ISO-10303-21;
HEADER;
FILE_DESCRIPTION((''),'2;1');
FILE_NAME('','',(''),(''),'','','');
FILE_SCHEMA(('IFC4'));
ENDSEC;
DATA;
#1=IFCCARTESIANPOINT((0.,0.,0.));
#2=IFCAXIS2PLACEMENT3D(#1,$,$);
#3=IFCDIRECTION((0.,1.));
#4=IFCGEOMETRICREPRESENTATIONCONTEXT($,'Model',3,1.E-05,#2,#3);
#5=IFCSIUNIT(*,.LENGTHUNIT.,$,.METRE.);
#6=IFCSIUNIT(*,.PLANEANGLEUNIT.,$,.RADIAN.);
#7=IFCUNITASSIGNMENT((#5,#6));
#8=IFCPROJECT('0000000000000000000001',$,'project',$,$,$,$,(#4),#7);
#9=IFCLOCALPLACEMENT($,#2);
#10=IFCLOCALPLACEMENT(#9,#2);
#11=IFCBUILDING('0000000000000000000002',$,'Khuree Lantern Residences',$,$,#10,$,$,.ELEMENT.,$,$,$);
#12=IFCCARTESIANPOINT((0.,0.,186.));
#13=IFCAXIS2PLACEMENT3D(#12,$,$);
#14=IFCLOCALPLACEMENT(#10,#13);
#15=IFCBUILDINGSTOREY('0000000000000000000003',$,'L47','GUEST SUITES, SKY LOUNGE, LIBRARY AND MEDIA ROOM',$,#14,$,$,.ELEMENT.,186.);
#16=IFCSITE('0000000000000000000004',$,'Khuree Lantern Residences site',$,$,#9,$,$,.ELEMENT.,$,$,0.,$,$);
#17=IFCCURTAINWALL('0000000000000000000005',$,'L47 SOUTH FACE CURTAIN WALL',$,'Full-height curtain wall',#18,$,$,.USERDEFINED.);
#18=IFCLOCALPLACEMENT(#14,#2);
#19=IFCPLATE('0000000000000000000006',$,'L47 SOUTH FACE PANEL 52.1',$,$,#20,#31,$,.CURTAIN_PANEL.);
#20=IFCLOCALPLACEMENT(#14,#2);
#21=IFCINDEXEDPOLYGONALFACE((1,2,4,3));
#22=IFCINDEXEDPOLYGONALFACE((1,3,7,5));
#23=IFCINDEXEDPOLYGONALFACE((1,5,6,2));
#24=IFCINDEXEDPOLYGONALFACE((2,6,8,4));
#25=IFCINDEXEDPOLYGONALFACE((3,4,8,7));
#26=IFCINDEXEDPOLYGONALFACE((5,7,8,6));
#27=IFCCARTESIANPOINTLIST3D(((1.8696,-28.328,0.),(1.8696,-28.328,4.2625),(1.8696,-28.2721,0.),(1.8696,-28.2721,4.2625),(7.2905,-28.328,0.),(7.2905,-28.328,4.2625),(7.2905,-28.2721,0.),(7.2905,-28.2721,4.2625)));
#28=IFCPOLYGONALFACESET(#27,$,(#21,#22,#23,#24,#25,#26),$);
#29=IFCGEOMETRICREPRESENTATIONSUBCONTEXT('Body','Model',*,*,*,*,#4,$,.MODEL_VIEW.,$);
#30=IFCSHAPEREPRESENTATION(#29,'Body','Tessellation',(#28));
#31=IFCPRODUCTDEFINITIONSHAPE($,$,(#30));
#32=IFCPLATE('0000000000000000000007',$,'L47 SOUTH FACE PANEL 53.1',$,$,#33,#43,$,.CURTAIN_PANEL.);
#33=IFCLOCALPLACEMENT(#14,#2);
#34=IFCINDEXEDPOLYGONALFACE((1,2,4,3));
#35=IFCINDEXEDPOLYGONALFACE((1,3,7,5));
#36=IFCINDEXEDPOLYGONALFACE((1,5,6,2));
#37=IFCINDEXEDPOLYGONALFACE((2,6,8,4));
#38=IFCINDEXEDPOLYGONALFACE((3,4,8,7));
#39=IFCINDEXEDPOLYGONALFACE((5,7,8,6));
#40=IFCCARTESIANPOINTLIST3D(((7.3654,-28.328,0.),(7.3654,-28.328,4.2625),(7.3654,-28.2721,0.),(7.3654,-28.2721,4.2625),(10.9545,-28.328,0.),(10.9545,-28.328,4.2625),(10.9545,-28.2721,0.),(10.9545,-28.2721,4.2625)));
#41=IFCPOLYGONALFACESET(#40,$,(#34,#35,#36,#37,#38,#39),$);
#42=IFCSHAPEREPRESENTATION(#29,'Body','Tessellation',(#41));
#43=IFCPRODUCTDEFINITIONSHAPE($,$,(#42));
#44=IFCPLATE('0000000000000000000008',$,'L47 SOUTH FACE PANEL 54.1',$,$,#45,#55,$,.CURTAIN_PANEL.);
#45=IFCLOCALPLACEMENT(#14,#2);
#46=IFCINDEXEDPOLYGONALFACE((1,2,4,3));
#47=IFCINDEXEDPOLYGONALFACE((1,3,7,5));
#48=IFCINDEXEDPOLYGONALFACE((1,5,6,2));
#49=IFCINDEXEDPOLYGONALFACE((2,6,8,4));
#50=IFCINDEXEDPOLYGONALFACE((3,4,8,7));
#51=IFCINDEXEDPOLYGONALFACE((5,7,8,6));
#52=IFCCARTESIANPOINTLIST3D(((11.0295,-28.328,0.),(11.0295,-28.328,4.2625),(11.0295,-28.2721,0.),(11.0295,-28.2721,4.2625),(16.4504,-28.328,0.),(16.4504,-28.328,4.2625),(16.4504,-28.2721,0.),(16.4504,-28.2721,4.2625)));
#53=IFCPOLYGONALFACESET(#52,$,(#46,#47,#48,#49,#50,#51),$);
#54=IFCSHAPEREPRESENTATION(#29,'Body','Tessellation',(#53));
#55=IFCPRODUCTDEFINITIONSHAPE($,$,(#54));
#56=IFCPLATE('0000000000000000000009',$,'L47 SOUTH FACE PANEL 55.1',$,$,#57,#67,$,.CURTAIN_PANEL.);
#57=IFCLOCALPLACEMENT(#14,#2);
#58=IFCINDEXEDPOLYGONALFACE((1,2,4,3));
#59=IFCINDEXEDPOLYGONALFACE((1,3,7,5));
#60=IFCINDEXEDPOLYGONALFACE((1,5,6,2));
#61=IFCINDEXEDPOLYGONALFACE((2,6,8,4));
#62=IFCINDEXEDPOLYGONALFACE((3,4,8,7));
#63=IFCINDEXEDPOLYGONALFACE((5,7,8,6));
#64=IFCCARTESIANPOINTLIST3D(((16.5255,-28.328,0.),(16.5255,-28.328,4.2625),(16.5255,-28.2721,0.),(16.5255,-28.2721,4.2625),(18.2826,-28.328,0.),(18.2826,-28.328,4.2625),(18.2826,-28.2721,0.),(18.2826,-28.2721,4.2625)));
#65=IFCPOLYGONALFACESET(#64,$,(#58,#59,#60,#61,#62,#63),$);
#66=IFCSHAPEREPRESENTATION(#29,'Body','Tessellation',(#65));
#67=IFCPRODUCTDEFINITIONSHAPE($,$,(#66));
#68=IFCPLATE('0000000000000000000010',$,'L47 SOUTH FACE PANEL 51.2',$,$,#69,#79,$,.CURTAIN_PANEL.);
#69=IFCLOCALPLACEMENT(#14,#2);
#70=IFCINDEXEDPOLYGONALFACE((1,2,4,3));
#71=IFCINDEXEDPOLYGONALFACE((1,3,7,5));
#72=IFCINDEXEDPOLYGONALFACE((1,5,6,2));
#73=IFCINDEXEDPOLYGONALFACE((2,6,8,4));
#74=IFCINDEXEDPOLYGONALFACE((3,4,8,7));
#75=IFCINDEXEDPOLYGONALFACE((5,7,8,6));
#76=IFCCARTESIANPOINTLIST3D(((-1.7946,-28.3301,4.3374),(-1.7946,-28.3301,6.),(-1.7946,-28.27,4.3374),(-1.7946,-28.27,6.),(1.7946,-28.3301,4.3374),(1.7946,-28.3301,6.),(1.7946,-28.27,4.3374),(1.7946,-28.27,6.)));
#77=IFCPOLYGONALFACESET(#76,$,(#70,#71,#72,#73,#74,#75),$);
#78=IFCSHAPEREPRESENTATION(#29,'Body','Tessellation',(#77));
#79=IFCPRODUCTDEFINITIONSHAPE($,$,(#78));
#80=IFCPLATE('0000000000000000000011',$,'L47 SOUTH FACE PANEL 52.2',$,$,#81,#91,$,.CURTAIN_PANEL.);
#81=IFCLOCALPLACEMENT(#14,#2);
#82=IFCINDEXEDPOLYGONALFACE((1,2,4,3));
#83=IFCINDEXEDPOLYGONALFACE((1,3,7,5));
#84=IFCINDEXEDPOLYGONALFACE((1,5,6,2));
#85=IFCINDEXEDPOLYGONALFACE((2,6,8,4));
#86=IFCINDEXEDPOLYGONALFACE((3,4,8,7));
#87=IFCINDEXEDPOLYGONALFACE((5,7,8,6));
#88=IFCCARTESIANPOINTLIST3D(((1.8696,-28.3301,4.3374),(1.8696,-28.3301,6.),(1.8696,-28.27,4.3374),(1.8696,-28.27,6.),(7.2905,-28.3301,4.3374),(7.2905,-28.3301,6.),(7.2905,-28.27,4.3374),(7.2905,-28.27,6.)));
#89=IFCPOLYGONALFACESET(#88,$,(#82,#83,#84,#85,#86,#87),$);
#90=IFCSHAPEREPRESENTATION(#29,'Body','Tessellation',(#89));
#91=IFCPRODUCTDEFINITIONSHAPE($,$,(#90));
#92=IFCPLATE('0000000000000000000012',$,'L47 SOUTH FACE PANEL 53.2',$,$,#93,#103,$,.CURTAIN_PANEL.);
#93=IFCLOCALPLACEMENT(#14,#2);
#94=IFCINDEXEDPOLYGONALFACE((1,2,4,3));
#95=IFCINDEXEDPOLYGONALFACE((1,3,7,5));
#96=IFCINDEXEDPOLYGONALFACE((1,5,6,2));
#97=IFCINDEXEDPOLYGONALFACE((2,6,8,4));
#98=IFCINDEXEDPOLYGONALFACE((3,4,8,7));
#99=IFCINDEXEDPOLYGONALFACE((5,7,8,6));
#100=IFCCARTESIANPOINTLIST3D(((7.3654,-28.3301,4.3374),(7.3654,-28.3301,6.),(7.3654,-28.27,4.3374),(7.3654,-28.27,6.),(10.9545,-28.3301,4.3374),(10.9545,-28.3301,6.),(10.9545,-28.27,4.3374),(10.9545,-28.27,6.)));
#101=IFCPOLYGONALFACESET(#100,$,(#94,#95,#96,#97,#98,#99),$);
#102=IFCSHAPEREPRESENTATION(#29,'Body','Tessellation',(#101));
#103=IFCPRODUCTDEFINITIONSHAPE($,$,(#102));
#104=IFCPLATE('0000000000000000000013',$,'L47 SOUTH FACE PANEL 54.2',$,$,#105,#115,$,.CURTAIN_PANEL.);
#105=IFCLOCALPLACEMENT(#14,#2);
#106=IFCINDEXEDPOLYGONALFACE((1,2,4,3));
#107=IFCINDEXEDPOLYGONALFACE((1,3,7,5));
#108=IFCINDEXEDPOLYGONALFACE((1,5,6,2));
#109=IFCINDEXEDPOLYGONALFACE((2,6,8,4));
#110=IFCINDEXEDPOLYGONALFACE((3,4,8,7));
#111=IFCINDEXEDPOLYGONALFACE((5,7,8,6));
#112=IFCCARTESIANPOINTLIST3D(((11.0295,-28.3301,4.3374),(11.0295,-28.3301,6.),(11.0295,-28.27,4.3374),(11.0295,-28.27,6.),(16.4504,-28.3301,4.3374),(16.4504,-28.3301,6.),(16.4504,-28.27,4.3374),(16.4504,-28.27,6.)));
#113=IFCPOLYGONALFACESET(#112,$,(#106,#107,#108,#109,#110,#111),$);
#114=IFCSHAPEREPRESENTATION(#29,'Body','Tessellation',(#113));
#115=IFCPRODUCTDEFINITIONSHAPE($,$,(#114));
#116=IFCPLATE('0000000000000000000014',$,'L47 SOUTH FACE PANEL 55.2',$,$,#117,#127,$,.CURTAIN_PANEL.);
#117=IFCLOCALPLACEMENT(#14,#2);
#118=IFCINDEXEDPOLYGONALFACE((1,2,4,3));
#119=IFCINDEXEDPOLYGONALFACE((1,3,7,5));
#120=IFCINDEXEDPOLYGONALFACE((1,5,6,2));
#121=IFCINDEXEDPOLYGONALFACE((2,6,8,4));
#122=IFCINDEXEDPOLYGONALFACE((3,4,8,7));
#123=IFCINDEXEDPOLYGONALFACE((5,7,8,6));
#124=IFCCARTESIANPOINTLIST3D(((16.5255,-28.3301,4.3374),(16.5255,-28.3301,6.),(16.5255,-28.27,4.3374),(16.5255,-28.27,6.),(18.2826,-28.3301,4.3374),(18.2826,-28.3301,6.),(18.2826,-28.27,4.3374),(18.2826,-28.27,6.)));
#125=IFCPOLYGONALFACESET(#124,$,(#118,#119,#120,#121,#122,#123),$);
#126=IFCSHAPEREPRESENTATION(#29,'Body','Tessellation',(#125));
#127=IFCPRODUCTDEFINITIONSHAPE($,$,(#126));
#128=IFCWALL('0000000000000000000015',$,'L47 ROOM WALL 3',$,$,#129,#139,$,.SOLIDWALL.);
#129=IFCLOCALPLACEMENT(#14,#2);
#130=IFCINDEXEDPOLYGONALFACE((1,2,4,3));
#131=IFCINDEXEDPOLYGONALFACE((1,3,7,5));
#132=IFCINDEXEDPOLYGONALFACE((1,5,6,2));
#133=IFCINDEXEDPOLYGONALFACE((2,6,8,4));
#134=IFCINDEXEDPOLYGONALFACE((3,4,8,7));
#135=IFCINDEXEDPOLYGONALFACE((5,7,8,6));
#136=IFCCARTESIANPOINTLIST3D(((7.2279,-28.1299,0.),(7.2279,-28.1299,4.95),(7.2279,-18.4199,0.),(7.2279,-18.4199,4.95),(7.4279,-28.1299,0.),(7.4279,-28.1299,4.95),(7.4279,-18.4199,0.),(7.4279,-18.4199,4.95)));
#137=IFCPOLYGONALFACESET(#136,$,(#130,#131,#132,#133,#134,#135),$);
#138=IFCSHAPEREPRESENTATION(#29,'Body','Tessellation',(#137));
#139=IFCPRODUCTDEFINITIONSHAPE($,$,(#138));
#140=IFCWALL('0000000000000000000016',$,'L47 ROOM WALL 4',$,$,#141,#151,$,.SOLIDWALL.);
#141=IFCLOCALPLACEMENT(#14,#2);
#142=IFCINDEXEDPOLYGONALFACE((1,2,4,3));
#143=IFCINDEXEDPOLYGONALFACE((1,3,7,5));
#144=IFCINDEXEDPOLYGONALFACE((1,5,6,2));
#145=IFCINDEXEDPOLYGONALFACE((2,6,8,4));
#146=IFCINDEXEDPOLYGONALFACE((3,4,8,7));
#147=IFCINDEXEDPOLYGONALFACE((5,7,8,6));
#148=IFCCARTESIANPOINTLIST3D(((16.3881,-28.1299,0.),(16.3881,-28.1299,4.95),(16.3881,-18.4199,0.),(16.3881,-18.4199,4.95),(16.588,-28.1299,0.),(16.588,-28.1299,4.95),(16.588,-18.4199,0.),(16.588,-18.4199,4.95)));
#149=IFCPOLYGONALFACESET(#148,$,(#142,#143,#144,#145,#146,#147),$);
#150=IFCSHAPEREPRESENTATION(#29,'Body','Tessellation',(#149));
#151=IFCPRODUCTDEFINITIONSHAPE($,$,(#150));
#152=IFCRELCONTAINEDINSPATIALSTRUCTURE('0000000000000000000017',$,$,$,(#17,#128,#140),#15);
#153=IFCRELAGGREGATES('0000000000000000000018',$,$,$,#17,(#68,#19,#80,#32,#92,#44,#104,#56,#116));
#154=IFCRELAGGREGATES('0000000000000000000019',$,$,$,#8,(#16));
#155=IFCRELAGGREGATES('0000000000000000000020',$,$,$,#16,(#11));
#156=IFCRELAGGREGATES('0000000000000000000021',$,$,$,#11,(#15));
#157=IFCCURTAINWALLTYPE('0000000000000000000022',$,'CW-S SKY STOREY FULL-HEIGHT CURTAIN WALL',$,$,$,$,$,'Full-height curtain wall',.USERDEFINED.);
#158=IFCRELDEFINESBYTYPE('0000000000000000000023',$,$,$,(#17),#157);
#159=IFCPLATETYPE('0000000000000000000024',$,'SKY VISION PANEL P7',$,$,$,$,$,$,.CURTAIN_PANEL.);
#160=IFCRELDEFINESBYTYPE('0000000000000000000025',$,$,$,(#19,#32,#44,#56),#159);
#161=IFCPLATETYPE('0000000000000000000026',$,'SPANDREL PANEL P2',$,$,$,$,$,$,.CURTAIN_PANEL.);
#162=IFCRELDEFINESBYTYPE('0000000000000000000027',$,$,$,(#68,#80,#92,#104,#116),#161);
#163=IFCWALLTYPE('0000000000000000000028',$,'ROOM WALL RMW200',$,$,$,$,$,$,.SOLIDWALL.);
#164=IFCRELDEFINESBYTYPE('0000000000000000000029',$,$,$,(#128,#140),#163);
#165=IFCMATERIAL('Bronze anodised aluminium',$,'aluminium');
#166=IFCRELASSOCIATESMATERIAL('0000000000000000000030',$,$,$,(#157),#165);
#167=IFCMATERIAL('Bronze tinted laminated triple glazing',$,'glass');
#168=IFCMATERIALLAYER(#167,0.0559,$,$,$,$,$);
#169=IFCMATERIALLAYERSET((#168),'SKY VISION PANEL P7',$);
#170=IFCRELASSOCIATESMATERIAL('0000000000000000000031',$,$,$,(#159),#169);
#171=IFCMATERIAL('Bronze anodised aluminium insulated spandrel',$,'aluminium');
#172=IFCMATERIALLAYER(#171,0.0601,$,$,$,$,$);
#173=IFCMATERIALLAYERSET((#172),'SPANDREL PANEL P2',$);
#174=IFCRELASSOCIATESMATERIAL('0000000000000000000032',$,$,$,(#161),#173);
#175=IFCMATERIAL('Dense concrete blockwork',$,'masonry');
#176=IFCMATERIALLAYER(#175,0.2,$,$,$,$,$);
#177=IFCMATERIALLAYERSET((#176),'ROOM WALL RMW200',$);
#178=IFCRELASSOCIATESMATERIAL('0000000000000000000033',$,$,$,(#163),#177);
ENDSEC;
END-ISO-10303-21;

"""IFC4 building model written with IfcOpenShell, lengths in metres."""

from ifc_helpers import new_model, si_unit, direction, frame, frame_2d, origin, origin_2d, place, context, subcontext, project, spatial, rectangle, extrude, material, layer, layer_set, type_object, element, aggregate, save


model = new_model("IFC4")

# Units and contexts
model_context = context("Model", 3, precision=1e-05, world=origin(), true_north=direction((0.0, 1.0)))
body_context = subcontext(model_context, "Body", "Model", "MODEL_VIEW")
ifc_project = project(units=[si_unit("LENGTHUNIT", "METRE"), si_unit("PLANEANGLEUNIT", "RADIAN")], contexts=[model_context])

# Site, building, storey
site_placement = place(None, origin())
site = spatial("IfcSite", under=ifc_project, at=site_placement, Name="Khuree Lantern Residences site", CompositionType="ELEMENT", RefElevation=0.0)
building_placement = place(site_placement, origin())
building = spatial("IfcBuilding", under=site, at=building_placement, Name="Khuree Lantern Residences", CompositionType="ELEMENT")
storey_placement = place(building_placement, frame((0.0, 0.0, 186.0)))
storey = spatial("IfcBuildingStorey", under=building, at=storey_placement, Name="L47", Description="GUEST SUITES, SKY LOUNGE, LIBRARY AND MEDIA ROOM", CompositionType="ELEMENT", Elevation=186.0)

# Curtain wall
ifc_material_1 = material(Name="Bronze anodised aluminium", Category="aluminium")
curtain_wall_type = type_object("IfcCurtainWallType", Name="CW-S SKY STOREY FULL-HEIGHT CURTAIN WALL", ElementType="Full-height curtain wall", PredefinedType="USERDEFINED", material=ifc_material_1)
curtain_wall_placement = place(storey_placement, origin())
curtain_wall = element("IfcCurtainWall", 1, at=curtain_wall_placement, inside=storey, type_object=curtain_wall_type, Name="L47 SOUTH FACE CURTAIN WALL", ObjectType="Full-height curtain wall", PredefinedType="USERDEFINED")

# Plates
ifc_material_2 = material(Name="Bronze tinted laminated triple glazing", Category="glass")
ifc_layer_1 = layer(ifc_material_2, 0.0559)
ifc_layer_set_1 = layer_set([ifc_layer_1], Name="SKY VISION PANEL P7")
plate_type_1 = type_object("IfcPlateType", Name="SKY VISION PANEL P7", PredefinedType="CURTAIN_PANEL", material=ifc_layer_set_1)
plate_1_placement = place(storey_placement, frame((4.5801, -28.3, 0.0), z_axis=(0.0, 0.0, 1.0), x_axis=(1.0, 0.0, 0.0)))
plate_1 = element("IfcPlate", 2, at=plate_1_placement, type_object=plate_type_1, Name="L47 SOUTH FACE PANEL 52.1", PredefinedType="CURTAIN_PANEL", context=body_context, shape_type="SweptSolid", body=[
    extrude(rectangle(XDim=5.4209, YDim=0.0559, at=origin_2d()), origin(), (0.0, 0.0, 1.0), 4.2625),
])
plate_2_placement = place(storey_placement, frame((9.1599, -28.3, 0.0), z_axis=(0.0, 0.0, 1.0), x_axis=(1.0, 0.0, 0.0)))
plate_2 = element("IfcPlate", 3, at=plate_2_placement, type_object=plate_type_1, Name="L47 SOUTH FACE PANEL 53.1", PredefinedType="CURTAIN_PANEL", context=body_context, shape_type="SweptSolid", body=[
    extrude(rectangle(XDim=3.5891, YDim=0.0559, at=origin_2d()), origin(), (0.0, 0.0, 1.0), 4.2625),
])
plate_3_placement = place(storey_placement, frame((13.74, -28.3, 0.0), z_axis=(0.0, 0.0, 1.0), x_axis=(1.0, 0.0, 0.0)))
plate_3 = element("IfcPlate", 4, at=plate_3_placement, type_object=plate_type_1, Name="L47 SOUTH FACE PANEL 54.1", PredefinedType="CURTAIN_PANEL", context=body_context, shape_type="SweptSolid", body=[
    extrude(rectangle(XDim=5.4209, YDim=0.0559, at=origin_2d()), origin(), (0.0, 0.0, 1.0), 4.2625),
])
plate_4_placement = place(storey_placement, frame((17.4041, -28.3, 0.0), z_axis=(0.0, 0.0, 1.0), x_axis=(1.0, 0.0, 0.0)))
plate_4 = element("IfcPlate", 5, at=plate_4_placement, type_object=plate_type_1, Name="L47 SOUTH FACE PANEL 55.1", PredefinedType="CURTAIN_PANEL", context=body_context, shape_type="SweptSolid", body=[
    extrude(rectangle(XDim=1.7571, YDim=0.0559, at=origin_2d()), origin(), (0.0, 0.0, 1.0), 4.2625),
])
ifc_material_3 = material(Name="Bronze anodised aluminium insulated spandrel", Category="aluminium")
ifc_layer_2 = layer(ifc_material_3, 0.0601)
ifc_layer_set_2 = layer_set([ifc_layer_2], Name="SPANDREL PANEL P2")
plate_type_2 = type_object("IfcPlateType", Name="SPANDREL PANEL P2", PredefinedType="CURTAIN_PANEL", material=ifc_layer_set_2)
plate_5_placement = place(storey_placement, frame((0.0, -28.3, 4.3374), z_axis=(0.0, 0.0, 1.0), x_axis=(1.0, 0.0, 0.0)))
plate_5 = element("IfcPlate", 6, at=plate_5_placement, type_object=plate_type_2, Name="L47 SOUTH FACE PANEL 51.2", PredefinedType="CURTAIN_PANEL", context=body_context, shape_type="SweptSolid", body=[
    extrude(rectangle(XDim=3.5891, YDim=0.0601, at=origin_2d()), origin(), (0.0, 0.0, 1.0), 1.6626),
])
plate_6_placement = place(storey_placement, frame((4.5801, -28.3, 4.3374), z_axis=(0.0, 0.0, 1.0), x_axis=(1.0, 0.0, 0.0)))
plate_6 = element("IfcPlate", 7, at=plate_6_placement, type_object=plate_type_2, Name="L47 SOUTH FACE PANEL 52.2", PredefinedType="CURTAIN_PANEL", context=body_context, shape_type="SweptSolid", body=[
    extrude(rectangle(XDim=5.4209, YDim=0.0601, at=origin_2d()), origin(), (0.0, 0.0, 1.0), 1.6626),
])
plate_7_placement = place(storey_placement, frame((9.1599, -28.3, 4.3374), z_axis=(0.0, 0.0, 1.0), x_axis=(1.0, 0.0, 0.0)))
plate_7 = element("IfcPlate", 8, at=plate_7_placement, type_object=plate_type_2, Name="L47 SOUTH FACE PANEL 53.2", PredefinedType="CURTAIN_PANEL", context=body_context, shape_type="SweptSolid", body=[
    extrude(rectangle(XDim=3.5891, YDim=0.0601, at=origin_2d()), origin(), (0.0, 0.0, 1.0), 1.6626),
])
plate_8_placement = place(storey_placement, frame((13.74, -28.3, 4.3374), z_axis=(0.0, 0.0, 1.0), x_axis=(1.0, 0.0, 0.0)))
plate_8 = element("IfcPlate", 9, at=plate_8_placement, type_object=plate_type_2, Name="L47 SOUTH FACE PANEL 54.2", PredefinedType="CURTAIN_PANEL", context=body_context, shape_type="SweptSolid", body=[
    extrude(rectangle(XDim=5.4209, YDim=0.0601, at=origin_2d()), origin(), (0.0, 0.0, 1.0), 1.6626),
])
plate_9_placement = place(storey_placement, frame((17.4041, -28.3, 4.3374), z_axis=(0.0, 0.0, 1.0), x_axis=(1.0, 0.0, 0.0)))
plate_9 = element("IfcPlate", 10, at=plate_9_placement, type_object=plate_type_2, Name="L47 SOUTH FACE PANEL 55.2", PredefinedType="CURTAIN_PANEL", context=body_context, shape_type="SweptSolid", body=[
    extrude(rectangle(XDim=1.7571, YDim=0.0601, at=origin_2d()), origin(), (0.0, 0.0, 1.0), 1.6626),
])
aggregate(curtain_wall, [plate_5, plate_1, plate_6, plate_2, plate_7, plate_3, plate_8, plate_4, plate_9])

# Walls
ifc_material_4 = material(Name="Dense concrete blockwork", Category="masonry")
ifc_layer_3 = layer(ifc_material_4, 0.2)
ifc_layer_set_3 = layer_set([ifc_layer_3], Name="ROOM WALL RMW200")
wall_type = type_object("IfcWallType", Name="ROOM WALL RMW200", PredefinedType="SOLIDWALL", material=ifc_layer_set_3)
for number, where, z_axis, x_axis, name in (
    (11, (7.3279, -28.1299, 0.0), (0.0, 0.0, 1.0), (0.0, 1.0, 0.0), "L47 ROOM WALL 3"),
    (12, (16.488, -28.1299, 0.0), (0.0, 0.0, 1.0), (0.0, 1.0, 0.0), "L47 ROOM WALL 4"),
):
    element("IfcWall", number, at=place(storey_placement, frame(where, z_axis=z_axis, x_axis=x_axis)), inside=storey, type_object=wall_type, Name=name, PredefinedType="SOLIDWALL", context=body_context, shape_type="SweptSolid", body=[
        extrude(rectangle(XDim=9.71, YDim=0.2, at=frame_2d((4.855, 0.0))), origin(), (0.0, 0.0, 1.0), 4.95),
    ])

save(model, "model.ifc")
